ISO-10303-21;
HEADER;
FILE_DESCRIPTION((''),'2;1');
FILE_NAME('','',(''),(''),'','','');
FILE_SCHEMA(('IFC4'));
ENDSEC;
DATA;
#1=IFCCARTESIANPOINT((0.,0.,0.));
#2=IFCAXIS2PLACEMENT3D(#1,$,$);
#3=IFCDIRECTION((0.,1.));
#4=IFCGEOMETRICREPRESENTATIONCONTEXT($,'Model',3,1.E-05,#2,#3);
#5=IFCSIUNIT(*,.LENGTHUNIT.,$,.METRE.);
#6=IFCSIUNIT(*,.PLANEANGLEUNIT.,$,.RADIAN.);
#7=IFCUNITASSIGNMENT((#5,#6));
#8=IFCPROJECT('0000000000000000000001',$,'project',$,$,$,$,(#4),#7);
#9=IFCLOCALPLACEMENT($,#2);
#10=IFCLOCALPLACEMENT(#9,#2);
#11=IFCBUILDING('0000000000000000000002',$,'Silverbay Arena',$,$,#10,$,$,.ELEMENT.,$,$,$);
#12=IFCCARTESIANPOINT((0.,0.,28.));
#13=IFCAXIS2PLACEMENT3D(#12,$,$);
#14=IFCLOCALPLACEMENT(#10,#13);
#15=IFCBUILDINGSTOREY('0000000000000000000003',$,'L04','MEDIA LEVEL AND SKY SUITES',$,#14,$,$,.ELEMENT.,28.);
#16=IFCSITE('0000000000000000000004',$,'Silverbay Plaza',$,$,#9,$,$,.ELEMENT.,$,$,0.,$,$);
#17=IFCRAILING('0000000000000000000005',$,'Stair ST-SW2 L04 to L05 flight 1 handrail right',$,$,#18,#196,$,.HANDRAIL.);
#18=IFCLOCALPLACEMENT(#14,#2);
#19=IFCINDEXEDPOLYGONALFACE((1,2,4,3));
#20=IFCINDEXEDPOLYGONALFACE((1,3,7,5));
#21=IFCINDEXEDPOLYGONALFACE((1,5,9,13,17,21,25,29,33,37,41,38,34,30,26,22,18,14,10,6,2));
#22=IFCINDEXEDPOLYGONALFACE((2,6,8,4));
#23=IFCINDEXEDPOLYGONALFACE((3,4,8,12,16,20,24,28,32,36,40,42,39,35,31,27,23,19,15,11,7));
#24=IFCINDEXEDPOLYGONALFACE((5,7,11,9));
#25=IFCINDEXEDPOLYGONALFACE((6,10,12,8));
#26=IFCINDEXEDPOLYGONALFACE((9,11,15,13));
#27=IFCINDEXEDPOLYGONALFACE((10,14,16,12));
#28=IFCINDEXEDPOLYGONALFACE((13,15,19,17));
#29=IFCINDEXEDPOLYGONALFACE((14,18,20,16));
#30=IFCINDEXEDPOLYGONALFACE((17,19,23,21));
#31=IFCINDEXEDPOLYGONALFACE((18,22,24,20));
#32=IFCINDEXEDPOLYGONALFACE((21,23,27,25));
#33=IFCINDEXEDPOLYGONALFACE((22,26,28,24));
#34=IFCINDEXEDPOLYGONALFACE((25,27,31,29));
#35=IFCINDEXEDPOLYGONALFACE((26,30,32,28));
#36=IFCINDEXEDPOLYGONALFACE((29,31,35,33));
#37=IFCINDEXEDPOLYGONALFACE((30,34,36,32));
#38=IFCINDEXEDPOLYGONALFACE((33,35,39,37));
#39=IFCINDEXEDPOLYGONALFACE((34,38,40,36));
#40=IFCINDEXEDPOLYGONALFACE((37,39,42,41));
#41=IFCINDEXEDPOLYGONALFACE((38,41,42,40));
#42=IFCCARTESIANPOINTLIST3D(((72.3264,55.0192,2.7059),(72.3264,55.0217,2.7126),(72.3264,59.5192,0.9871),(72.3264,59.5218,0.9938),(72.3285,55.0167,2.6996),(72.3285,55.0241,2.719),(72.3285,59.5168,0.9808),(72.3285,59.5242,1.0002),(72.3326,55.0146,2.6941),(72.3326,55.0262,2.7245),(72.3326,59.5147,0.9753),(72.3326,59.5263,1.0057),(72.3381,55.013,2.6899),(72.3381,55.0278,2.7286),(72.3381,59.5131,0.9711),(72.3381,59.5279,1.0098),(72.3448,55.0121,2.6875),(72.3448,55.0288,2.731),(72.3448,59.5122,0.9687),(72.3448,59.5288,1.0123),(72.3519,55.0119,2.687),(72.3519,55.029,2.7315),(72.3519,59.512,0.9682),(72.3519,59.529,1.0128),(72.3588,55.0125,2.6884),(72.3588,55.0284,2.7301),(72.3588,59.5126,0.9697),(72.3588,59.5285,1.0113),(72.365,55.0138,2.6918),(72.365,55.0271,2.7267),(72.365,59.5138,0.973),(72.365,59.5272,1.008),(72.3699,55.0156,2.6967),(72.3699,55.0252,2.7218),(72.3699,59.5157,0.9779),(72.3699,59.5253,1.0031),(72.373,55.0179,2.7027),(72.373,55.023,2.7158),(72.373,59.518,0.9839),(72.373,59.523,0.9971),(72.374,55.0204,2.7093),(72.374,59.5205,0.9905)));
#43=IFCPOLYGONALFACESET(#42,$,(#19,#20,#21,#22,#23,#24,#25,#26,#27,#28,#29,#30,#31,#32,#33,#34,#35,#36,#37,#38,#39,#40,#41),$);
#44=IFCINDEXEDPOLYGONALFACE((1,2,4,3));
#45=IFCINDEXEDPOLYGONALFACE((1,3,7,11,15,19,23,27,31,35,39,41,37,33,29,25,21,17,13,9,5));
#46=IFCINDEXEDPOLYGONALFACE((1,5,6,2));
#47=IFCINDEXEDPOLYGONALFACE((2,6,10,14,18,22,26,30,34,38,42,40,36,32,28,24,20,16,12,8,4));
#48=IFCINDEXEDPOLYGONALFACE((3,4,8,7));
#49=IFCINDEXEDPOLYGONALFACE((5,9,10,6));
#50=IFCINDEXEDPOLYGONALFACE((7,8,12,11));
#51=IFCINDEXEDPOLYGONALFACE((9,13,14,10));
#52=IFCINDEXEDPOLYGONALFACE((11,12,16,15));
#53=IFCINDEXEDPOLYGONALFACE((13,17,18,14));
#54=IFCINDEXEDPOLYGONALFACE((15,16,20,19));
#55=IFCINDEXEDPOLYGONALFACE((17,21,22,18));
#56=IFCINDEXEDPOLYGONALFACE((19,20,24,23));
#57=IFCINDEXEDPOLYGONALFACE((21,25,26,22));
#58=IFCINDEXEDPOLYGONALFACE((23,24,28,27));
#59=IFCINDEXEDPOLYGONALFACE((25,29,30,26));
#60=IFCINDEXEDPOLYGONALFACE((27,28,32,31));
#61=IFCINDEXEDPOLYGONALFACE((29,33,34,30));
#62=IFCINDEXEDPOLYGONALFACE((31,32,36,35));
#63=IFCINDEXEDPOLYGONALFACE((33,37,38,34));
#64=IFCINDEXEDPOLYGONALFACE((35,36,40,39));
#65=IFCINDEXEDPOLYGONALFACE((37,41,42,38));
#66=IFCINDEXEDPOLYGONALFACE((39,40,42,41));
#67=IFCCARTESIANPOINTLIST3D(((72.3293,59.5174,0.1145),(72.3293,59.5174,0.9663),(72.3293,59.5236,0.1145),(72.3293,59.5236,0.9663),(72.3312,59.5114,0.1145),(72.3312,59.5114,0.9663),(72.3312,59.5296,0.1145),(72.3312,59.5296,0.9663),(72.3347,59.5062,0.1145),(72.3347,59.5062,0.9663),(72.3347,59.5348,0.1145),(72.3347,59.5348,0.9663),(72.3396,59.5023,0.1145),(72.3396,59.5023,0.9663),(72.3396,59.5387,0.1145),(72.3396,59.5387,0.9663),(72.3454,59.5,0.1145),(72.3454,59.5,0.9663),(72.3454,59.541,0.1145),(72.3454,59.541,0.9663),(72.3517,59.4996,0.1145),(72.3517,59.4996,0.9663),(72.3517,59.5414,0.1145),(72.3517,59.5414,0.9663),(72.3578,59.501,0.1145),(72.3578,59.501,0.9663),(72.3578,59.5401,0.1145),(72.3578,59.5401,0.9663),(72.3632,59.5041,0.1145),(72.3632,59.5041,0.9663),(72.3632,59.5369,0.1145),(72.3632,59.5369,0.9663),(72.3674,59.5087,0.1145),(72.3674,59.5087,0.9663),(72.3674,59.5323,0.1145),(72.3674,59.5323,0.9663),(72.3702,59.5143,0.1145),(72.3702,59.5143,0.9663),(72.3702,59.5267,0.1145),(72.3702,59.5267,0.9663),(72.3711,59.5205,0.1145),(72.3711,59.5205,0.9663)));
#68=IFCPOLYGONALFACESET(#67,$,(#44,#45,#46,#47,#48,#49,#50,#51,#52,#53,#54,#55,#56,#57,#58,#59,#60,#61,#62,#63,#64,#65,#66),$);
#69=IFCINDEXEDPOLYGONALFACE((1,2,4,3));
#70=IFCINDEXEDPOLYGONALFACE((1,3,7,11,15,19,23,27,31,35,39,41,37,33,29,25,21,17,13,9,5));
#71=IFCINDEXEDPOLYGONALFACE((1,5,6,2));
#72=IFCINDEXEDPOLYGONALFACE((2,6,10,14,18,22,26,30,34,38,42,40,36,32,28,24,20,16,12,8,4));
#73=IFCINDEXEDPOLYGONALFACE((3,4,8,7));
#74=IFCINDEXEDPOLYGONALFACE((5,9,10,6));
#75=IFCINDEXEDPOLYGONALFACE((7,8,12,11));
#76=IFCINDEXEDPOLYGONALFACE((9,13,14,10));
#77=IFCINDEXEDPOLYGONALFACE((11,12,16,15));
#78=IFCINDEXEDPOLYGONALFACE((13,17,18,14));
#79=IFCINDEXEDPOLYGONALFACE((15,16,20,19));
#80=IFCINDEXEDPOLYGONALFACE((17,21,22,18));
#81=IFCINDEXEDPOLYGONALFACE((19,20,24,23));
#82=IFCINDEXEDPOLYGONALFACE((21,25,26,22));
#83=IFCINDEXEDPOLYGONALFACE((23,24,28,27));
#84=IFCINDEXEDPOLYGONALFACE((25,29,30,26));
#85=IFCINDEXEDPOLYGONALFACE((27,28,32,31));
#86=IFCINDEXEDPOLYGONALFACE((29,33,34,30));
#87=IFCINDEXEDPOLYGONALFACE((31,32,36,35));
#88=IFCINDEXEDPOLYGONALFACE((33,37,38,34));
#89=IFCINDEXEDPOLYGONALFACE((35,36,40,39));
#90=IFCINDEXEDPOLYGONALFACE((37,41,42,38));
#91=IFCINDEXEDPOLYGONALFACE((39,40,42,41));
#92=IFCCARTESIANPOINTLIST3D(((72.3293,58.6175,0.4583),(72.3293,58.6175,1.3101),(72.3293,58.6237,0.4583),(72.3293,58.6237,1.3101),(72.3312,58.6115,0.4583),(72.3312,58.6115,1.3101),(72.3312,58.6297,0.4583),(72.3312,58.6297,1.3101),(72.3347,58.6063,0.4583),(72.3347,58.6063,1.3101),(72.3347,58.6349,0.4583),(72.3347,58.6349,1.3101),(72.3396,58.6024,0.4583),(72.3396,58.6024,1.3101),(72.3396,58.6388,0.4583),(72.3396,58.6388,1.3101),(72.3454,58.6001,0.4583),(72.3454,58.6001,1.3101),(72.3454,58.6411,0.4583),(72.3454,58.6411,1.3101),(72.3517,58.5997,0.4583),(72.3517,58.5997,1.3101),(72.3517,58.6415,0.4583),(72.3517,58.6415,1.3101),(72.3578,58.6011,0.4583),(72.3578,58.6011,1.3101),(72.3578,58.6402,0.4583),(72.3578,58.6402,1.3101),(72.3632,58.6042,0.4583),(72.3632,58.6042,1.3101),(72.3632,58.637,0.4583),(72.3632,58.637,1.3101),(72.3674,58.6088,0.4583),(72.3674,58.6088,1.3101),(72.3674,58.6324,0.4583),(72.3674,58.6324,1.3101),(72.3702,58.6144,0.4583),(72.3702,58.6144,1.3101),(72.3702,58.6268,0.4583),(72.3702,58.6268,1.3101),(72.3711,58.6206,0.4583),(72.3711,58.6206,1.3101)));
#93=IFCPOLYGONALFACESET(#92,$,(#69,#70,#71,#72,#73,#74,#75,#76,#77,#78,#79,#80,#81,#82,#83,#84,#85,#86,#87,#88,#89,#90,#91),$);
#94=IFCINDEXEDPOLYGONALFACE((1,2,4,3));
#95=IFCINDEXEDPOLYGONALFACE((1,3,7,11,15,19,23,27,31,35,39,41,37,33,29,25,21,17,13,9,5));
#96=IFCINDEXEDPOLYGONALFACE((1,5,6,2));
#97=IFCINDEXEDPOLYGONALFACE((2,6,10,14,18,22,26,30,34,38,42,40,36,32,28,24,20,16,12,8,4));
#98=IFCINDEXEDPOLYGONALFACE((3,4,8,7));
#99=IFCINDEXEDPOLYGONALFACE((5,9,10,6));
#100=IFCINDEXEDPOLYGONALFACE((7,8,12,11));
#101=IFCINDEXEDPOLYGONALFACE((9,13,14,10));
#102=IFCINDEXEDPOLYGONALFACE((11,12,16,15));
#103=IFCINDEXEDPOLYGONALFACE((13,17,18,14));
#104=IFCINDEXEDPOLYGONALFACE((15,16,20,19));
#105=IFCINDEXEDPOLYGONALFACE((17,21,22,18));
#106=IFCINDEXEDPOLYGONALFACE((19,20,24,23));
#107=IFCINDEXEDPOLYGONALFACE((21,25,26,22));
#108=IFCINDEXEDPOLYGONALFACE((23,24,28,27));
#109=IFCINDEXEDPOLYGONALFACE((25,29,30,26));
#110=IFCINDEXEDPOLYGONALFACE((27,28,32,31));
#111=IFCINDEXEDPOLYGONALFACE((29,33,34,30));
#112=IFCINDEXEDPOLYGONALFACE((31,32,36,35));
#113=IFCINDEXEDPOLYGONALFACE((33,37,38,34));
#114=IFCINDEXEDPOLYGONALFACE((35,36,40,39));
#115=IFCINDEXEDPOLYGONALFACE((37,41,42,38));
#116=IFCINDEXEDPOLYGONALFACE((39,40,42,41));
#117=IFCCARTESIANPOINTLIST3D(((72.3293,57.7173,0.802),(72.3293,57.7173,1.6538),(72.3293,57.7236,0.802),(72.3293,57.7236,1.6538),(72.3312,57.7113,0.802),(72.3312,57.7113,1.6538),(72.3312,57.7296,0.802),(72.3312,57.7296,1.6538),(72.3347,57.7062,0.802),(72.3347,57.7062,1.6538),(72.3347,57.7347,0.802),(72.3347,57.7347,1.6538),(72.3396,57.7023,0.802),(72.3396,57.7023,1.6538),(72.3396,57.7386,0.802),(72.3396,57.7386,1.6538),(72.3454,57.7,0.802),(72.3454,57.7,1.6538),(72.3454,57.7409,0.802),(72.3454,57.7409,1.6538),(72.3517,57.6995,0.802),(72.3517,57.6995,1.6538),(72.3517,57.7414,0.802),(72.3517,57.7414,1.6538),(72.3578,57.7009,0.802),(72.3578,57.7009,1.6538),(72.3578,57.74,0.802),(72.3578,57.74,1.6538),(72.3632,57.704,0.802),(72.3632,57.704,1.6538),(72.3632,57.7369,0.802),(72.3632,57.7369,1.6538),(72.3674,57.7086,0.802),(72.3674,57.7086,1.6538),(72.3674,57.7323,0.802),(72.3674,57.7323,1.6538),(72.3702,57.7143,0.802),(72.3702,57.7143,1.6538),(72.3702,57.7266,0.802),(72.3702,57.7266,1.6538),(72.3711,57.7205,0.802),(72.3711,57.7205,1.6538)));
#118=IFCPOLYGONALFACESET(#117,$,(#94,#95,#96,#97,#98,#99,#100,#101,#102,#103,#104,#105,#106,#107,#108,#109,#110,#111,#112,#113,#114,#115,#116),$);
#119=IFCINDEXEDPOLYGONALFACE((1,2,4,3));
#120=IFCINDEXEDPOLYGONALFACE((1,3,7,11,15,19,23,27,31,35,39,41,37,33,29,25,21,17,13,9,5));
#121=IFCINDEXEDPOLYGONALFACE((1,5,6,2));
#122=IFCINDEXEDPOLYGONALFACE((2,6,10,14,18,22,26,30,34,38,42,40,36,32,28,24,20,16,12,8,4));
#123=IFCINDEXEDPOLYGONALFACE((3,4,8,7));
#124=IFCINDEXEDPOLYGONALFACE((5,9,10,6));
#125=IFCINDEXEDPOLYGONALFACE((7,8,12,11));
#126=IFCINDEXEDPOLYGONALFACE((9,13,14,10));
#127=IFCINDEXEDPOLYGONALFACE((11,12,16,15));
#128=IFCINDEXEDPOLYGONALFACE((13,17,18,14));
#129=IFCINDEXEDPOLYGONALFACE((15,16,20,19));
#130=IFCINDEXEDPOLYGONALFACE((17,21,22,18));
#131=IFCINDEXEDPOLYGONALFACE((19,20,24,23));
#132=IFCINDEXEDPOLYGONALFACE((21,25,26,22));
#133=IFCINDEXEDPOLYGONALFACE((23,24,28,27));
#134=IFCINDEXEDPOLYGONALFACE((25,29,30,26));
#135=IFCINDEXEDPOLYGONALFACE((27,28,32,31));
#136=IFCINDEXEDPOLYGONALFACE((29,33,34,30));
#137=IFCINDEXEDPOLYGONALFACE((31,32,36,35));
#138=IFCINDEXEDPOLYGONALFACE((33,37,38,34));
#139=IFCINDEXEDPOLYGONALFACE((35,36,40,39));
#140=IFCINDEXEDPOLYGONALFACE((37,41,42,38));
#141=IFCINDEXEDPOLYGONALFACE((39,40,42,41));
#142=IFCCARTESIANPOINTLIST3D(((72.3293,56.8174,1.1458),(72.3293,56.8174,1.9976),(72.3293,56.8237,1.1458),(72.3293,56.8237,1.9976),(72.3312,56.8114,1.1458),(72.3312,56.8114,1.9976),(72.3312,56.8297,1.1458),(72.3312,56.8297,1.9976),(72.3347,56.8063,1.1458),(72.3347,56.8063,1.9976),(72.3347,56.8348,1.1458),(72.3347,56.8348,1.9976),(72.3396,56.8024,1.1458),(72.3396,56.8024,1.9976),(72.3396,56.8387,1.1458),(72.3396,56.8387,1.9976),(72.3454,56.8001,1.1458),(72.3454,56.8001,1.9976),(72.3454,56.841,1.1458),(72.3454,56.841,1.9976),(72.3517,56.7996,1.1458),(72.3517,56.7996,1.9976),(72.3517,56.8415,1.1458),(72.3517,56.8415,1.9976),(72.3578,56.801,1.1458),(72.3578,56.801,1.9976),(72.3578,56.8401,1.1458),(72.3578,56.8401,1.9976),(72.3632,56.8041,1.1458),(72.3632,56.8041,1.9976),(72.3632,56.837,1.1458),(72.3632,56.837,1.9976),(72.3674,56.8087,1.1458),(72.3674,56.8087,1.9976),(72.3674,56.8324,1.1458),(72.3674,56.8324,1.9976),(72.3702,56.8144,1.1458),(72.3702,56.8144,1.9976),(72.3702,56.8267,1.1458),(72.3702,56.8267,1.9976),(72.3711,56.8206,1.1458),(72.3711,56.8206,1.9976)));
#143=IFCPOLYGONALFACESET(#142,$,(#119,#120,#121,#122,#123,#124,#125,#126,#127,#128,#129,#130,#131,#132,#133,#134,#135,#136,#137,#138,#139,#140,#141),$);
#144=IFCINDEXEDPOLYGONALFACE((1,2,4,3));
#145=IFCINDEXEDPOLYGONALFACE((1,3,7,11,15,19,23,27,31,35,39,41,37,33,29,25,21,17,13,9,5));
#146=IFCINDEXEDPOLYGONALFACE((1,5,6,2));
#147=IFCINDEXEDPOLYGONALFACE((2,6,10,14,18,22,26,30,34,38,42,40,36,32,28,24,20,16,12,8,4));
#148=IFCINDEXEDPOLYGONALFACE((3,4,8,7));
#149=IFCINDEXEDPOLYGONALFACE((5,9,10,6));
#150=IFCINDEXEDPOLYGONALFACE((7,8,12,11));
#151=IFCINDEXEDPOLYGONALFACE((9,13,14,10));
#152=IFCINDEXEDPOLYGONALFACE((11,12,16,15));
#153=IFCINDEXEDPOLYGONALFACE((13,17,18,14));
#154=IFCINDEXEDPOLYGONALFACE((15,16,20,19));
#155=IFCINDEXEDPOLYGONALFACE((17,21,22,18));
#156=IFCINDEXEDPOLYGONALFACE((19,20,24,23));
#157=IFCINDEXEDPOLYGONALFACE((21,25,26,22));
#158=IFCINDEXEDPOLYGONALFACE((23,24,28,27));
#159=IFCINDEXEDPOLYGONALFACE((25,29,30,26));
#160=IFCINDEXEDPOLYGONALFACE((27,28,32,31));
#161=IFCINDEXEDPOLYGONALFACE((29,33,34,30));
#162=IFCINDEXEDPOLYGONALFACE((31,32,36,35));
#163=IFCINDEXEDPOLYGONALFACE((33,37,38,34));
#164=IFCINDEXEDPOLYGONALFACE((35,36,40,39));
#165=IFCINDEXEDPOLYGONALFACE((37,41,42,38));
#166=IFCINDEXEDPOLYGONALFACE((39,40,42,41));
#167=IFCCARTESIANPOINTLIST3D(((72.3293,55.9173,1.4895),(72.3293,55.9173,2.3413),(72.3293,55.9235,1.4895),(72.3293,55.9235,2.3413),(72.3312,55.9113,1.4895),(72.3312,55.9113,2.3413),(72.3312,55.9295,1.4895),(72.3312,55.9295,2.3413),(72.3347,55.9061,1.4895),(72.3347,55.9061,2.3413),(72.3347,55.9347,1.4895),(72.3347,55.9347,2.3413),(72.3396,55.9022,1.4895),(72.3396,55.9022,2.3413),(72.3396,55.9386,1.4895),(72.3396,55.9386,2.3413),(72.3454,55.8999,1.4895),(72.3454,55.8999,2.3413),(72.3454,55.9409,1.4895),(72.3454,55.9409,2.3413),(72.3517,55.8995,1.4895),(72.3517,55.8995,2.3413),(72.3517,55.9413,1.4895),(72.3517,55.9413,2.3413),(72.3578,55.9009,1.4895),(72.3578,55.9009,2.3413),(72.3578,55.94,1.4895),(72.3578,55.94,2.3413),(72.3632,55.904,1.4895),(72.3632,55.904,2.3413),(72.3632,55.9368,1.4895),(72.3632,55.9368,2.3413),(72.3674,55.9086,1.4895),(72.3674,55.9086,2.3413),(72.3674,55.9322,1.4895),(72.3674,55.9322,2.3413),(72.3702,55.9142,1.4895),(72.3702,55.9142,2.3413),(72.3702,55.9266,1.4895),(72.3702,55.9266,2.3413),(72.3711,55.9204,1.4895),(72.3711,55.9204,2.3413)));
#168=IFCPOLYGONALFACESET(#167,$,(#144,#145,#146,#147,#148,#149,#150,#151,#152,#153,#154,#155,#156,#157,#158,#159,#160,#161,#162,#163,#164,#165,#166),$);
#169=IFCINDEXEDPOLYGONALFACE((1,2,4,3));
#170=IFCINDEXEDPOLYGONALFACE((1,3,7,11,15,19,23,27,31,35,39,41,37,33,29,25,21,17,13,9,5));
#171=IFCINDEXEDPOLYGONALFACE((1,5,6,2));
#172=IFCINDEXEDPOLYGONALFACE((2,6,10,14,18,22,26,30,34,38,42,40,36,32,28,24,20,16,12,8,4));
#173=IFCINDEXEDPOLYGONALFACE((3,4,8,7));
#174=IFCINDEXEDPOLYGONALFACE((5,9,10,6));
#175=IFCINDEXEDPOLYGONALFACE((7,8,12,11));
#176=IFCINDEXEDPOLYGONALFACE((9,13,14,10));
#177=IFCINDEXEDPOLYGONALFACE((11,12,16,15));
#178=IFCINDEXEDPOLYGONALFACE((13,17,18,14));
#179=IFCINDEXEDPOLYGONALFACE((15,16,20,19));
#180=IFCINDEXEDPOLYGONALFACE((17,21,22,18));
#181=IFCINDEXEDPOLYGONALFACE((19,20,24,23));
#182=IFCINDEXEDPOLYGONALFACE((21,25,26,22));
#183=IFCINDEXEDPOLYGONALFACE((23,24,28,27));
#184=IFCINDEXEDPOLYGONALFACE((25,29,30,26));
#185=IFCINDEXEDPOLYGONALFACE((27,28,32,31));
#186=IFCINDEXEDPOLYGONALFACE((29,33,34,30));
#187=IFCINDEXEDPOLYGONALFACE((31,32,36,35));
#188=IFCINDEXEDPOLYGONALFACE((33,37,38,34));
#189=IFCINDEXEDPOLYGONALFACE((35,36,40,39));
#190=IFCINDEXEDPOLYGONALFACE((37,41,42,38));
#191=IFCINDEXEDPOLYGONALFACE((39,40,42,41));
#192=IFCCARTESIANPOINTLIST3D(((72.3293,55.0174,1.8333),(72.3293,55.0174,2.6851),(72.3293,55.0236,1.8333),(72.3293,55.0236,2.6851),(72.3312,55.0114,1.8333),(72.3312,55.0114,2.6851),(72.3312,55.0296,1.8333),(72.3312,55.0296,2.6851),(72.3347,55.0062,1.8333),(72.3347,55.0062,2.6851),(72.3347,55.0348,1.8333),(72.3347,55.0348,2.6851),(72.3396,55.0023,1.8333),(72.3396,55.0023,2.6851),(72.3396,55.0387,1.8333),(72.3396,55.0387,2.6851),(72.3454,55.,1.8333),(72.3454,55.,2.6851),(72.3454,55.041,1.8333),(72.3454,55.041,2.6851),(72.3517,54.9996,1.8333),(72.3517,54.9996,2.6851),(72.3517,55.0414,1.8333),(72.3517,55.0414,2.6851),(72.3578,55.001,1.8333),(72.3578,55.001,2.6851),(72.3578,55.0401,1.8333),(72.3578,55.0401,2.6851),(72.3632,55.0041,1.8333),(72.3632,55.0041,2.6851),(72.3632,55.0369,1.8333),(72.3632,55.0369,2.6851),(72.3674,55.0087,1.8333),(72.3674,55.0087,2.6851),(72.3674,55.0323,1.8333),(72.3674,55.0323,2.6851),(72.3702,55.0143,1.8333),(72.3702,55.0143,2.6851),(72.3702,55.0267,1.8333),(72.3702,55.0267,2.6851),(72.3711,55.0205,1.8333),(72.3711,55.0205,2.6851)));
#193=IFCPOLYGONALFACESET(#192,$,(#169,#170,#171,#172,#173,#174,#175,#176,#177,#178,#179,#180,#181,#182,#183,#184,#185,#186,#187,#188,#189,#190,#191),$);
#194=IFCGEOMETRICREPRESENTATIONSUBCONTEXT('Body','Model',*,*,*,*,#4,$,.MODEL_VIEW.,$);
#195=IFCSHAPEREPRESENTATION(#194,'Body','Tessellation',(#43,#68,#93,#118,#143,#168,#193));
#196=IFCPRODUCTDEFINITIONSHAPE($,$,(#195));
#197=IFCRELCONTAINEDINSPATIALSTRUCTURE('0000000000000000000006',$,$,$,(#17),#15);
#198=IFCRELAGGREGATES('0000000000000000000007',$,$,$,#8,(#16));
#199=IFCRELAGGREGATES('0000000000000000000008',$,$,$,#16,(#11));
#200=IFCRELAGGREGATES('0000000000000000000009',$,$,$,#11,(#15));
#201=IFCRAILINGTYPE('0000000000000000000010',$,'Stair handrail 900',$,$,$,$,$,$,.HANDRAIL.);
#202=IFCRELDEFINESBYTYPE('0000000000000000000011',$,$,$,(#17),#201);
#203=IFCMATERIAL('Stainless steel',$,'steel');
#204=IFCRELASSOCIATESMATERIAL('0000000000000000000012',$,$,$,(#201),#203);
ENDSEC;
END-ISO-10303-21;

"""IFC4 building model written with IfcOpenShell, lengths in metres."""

from ifc_helpers import new_model, si_unit, direction, frame, origin, origin_2d, place, context, subcontext, project, spatial, circle, extrude, material, type_object, element, save


model = new_model("IFC4")

# Units and contexts
model_context = context("Model", 3, precision=1e-05, world=origin(), true_north=direction((0.0, 1.0)))
body_context = subcontext(model_context, "Body", "Model", "MODEL_VIEW")
ifc_project = project(units=[si_unit("LENGTHUNIT", "METRE"), si_unit("PLANEANGLEUNIT", "RADIAN")], contexts=[model_context])

# Site, building, storey
site_placement = place(None, origin())
site = spatial("IfcSite", under=ifc_project, at=site_placement, Name="Silverbay Plaza", CompositionType="ELEMENT", RefElevation=0.0)
building_placement = place(site_placement, origin())
building = spatial("IfcBuilding", under=site, at=building_placement, Name="Silverbay Arena", CompositionType="ELEMENT")
storey_placement = place(building_placement, frame((0.0, 0.0, 28.0)))
storey = spatial("IfcBuildingStorey", under=building, at=storey_placement, Name="L04", Description="MEDIA LEVEL AND SKY SUITES", CompositionType="ELEMENT", Elevation=28.0)

# Railing
ifc_material_1 = material(Name="Stainless steel", Category="steel")
railing_type_1 = type_object("IfcRailingType", Name="Stair handrail 900", PredefinedType="HANDRAIL", material=ifc_material_1)
for number, where, name in (
    (1, (72.3501, 59.5205, 0.1145), "Stair ST-SW2 L04 to L05 flight 1 handrail right"),
):
    element("IfcRailing", number, at=place(storey_placement, frame(where)), inside=storey, type_object=railing_type_1, Name=name, PredefinedType="HANDRAIL", context=body_context, shape_type="SweptSolid", body=[
        extrude(circle(Radius=0.0239, at=origin_2d()), frame((0.0, 0.0, 0.876), z_axis=(0.0, -0.934179, 0.356805), x_axis=(1.0, 0.0, 0.0)), (0.0, 0.0, 1.0), 4.8171),
        extrude(circle(Radius=0.021, at=origin_2d()), origin(), (0.0, 0.0, 1.0), 0.8518),
        extrude(circle(Radius=0.021, at=origin_2d()), frame((0.0, -0.8999, 0.3438)), (0.0, 0.0, 1.0), 0.8518),
        extrude(circle(Radius=0.021, at=origin_2d()), frame((0.0, -1.8, 0.6875)), (0.0, 0.0, 1.0), 0.8518),
        extrude(circle(Radius=0.021, at=origin_2d()), frame((0.0, -2.7, 1.0312)), (0.0, 0.0, 1.0), 0.8518),
        extrude(circle(Radius=0.021, at=origin_2d()), frame((0.0, -3.6001, 1.375)), (0.0, 0.0, 1.0), 0.8518),
        extrude(circle(Radius=0.021, at=origin_2d()), frame((0.0, -4.5, 1.7188)), (0.0, 0.0, 1.0), 0.8518),
    ])

save(model, "model.ifc")
